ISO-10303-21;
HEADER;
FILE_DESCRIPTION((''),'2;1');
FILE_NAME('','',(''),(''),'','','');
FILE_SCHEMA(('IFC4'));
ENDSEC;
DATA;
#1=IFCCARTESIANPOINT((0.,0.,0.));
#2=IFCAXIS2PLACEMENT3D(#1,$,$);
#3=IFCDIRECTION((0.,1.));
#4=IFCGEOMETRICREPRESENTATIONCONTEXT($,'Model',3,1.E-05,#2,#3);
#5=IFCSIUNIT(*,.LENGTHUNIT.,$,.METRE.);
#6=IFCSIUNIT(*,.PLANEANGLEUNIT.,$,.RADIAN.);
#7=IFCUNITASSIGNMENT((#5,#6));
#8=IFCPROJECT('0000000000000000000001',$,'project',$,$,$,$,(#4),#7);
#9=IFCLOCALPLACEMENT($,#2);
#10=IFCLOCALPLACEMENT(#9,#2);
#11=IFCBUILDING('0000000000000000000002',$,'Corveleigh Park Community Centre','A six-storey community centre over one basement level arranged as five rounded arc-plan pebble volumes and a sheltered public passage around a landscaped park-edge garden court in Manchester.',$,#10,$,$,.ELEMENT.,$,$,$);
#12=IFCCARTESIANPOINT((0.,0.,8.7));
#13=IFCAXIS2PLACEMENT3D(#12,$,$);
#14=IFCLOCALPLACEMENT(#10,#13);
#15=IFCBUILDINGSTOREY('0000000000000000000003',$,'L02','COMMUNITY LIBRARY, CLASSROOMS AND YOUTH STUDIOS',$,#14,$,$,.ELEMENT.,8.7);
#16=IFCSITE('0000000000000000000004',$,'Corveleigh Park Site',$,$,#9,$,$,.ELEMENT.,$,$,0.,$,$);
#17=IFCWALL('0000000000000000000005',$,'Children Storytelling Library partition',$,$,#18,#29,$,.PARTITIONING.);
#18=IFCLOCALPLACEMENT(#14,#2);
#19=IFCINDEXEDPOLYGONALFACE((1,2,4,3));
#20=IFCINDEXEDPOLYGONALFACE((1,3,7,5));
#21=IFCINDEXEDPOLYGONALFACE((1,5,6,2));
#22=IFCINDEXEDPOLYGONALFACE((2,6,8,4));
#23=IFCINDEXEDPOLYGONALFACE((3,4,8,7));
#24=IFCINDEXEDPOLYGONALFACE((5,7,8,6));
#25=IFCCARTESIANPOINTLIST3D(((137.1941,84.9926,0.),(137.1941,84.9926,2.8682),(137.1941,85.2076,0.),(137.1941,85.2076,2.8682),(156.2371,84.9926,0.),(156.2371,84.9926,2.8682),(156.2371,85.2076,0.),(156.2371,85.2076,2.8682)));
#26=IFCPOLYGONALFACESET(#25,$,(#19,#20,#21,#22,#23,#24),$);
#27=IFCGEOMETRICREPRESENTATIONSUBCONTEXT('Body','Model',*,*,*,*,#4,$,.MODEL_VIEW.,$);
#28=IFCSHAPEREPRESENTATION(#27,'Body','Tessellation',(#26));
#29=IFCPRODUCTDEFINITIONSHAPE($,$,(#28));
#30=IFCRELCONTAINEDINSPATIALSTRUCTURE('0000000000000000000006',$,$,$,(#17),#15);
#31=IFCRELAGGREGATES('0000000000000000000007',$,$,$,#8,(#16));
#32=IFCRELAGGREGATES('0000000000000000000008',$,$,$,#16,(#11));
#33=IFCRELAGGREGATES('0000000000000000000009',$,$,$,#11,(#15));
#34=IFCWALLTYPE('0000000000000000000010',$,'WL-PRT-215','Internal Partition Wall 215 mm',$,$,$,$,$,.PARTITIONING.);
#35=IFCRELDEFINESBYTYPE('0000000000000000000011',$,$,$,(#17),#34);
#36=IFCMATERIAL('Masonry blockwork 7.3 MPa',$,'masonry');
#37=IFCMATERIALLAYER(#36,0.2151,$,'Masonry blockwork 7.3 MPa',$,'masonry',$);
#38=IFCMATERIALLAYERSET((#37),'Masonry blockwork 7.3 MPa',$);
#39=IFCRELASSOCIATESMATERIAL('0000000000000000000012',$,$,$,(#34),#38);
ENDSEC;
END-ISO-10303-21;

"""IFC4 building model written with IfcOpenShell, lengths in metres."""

from ifc_helpers import new_model, si_unit, direction, frame, frame_2d, origin, place, context, subcontext, project, spatial, rectangle, extrude, material, layer, layer_set, type_object, element, save


model = new_model("IFC4")

# Units and contexts
model_context = context("Model", 3, precision=1e-05, world=origin(), true_north=direction((0.0, 1.0)))
body_context = subcontext(model_context, "Body", "Model", "MODEL_VIEW")
ifc_project = project(units=[si_unit("LENGTHUNIT", "METRE"), si_unit("PLANEANGLEUNIT", "RADIAN")], contexts=[model_context])

# Site, building, storey
site_placement = place(None, origin())
site = spatial("IfcSite", under=ifc_project, at=site_placement, Name="Corveleigh Park Site", CompositionType="ELEMENT", RefElevation=0.0)
building_placement = place(site_placement, origin())
building = spatial("IfcBuilding", under=site, at=building_placement, Name="Corveleigh Park Community Centre", Description="A six-storey community centre over one basement level arranged as five rounded arc-plan pebble volumes and a sheltered public passage around a landscaped park-edge garden court in Manchester.", CompositionType="ELEMENT")
storey_placement = place(building_placement, frame((0.0, 0.0, 8.7)))
storey = spatial("IfcBuildingStorey", under=building, at=storey_placement, Name="L02", Description="COMMUNITY LIBRARY, CLASSROOMS AND YOUTH STUDIOS", CompositionType="ELEMENT", Elevation=8.7)

# Wall
ifc_material_1 = material(Name="Masonry blockwork 7.3 MPa", Category="masonry")
ifc_layer_1 = layer(ifc_material_1, 0.2151, Name="Masonry blockwork 7.3 MPa", Category="masonry")
ifc_layer_set_1 = layer_set([ifc_layer_1], Name="Masonry blockwork 7.3 MPa")
wall_type_1 = type_object("IfcWallType", Name="WL-PRT-215", Description="Internal Partition Wall 215 mm", PredefinedType="PARTITIONING", material=ifc_layer_set_1)
wall_1_placement = place(storey_placement, frame((137.1941, 85.1001, 0.0), z_axis=(0.0, 0.0, 1.0), x_axis=(1.0, 0.0, 0.0)))
element("IfcWall", 1, at=wall_1_placement, inside=storey, type_object=wall_type_1, Name="Children Storytelling Library partition", PredefinedType="PARTITIONING", context=body_context, shape_type="SweptSolid", body=[
    extrude(rectangle(XDim=19.043, YDim=0.2151, at=frame_2d((9.5215, 0.0))), origin(), (0.0, 0.0, 1.0), 2.8682),
])

save(model, "model.ifc")
